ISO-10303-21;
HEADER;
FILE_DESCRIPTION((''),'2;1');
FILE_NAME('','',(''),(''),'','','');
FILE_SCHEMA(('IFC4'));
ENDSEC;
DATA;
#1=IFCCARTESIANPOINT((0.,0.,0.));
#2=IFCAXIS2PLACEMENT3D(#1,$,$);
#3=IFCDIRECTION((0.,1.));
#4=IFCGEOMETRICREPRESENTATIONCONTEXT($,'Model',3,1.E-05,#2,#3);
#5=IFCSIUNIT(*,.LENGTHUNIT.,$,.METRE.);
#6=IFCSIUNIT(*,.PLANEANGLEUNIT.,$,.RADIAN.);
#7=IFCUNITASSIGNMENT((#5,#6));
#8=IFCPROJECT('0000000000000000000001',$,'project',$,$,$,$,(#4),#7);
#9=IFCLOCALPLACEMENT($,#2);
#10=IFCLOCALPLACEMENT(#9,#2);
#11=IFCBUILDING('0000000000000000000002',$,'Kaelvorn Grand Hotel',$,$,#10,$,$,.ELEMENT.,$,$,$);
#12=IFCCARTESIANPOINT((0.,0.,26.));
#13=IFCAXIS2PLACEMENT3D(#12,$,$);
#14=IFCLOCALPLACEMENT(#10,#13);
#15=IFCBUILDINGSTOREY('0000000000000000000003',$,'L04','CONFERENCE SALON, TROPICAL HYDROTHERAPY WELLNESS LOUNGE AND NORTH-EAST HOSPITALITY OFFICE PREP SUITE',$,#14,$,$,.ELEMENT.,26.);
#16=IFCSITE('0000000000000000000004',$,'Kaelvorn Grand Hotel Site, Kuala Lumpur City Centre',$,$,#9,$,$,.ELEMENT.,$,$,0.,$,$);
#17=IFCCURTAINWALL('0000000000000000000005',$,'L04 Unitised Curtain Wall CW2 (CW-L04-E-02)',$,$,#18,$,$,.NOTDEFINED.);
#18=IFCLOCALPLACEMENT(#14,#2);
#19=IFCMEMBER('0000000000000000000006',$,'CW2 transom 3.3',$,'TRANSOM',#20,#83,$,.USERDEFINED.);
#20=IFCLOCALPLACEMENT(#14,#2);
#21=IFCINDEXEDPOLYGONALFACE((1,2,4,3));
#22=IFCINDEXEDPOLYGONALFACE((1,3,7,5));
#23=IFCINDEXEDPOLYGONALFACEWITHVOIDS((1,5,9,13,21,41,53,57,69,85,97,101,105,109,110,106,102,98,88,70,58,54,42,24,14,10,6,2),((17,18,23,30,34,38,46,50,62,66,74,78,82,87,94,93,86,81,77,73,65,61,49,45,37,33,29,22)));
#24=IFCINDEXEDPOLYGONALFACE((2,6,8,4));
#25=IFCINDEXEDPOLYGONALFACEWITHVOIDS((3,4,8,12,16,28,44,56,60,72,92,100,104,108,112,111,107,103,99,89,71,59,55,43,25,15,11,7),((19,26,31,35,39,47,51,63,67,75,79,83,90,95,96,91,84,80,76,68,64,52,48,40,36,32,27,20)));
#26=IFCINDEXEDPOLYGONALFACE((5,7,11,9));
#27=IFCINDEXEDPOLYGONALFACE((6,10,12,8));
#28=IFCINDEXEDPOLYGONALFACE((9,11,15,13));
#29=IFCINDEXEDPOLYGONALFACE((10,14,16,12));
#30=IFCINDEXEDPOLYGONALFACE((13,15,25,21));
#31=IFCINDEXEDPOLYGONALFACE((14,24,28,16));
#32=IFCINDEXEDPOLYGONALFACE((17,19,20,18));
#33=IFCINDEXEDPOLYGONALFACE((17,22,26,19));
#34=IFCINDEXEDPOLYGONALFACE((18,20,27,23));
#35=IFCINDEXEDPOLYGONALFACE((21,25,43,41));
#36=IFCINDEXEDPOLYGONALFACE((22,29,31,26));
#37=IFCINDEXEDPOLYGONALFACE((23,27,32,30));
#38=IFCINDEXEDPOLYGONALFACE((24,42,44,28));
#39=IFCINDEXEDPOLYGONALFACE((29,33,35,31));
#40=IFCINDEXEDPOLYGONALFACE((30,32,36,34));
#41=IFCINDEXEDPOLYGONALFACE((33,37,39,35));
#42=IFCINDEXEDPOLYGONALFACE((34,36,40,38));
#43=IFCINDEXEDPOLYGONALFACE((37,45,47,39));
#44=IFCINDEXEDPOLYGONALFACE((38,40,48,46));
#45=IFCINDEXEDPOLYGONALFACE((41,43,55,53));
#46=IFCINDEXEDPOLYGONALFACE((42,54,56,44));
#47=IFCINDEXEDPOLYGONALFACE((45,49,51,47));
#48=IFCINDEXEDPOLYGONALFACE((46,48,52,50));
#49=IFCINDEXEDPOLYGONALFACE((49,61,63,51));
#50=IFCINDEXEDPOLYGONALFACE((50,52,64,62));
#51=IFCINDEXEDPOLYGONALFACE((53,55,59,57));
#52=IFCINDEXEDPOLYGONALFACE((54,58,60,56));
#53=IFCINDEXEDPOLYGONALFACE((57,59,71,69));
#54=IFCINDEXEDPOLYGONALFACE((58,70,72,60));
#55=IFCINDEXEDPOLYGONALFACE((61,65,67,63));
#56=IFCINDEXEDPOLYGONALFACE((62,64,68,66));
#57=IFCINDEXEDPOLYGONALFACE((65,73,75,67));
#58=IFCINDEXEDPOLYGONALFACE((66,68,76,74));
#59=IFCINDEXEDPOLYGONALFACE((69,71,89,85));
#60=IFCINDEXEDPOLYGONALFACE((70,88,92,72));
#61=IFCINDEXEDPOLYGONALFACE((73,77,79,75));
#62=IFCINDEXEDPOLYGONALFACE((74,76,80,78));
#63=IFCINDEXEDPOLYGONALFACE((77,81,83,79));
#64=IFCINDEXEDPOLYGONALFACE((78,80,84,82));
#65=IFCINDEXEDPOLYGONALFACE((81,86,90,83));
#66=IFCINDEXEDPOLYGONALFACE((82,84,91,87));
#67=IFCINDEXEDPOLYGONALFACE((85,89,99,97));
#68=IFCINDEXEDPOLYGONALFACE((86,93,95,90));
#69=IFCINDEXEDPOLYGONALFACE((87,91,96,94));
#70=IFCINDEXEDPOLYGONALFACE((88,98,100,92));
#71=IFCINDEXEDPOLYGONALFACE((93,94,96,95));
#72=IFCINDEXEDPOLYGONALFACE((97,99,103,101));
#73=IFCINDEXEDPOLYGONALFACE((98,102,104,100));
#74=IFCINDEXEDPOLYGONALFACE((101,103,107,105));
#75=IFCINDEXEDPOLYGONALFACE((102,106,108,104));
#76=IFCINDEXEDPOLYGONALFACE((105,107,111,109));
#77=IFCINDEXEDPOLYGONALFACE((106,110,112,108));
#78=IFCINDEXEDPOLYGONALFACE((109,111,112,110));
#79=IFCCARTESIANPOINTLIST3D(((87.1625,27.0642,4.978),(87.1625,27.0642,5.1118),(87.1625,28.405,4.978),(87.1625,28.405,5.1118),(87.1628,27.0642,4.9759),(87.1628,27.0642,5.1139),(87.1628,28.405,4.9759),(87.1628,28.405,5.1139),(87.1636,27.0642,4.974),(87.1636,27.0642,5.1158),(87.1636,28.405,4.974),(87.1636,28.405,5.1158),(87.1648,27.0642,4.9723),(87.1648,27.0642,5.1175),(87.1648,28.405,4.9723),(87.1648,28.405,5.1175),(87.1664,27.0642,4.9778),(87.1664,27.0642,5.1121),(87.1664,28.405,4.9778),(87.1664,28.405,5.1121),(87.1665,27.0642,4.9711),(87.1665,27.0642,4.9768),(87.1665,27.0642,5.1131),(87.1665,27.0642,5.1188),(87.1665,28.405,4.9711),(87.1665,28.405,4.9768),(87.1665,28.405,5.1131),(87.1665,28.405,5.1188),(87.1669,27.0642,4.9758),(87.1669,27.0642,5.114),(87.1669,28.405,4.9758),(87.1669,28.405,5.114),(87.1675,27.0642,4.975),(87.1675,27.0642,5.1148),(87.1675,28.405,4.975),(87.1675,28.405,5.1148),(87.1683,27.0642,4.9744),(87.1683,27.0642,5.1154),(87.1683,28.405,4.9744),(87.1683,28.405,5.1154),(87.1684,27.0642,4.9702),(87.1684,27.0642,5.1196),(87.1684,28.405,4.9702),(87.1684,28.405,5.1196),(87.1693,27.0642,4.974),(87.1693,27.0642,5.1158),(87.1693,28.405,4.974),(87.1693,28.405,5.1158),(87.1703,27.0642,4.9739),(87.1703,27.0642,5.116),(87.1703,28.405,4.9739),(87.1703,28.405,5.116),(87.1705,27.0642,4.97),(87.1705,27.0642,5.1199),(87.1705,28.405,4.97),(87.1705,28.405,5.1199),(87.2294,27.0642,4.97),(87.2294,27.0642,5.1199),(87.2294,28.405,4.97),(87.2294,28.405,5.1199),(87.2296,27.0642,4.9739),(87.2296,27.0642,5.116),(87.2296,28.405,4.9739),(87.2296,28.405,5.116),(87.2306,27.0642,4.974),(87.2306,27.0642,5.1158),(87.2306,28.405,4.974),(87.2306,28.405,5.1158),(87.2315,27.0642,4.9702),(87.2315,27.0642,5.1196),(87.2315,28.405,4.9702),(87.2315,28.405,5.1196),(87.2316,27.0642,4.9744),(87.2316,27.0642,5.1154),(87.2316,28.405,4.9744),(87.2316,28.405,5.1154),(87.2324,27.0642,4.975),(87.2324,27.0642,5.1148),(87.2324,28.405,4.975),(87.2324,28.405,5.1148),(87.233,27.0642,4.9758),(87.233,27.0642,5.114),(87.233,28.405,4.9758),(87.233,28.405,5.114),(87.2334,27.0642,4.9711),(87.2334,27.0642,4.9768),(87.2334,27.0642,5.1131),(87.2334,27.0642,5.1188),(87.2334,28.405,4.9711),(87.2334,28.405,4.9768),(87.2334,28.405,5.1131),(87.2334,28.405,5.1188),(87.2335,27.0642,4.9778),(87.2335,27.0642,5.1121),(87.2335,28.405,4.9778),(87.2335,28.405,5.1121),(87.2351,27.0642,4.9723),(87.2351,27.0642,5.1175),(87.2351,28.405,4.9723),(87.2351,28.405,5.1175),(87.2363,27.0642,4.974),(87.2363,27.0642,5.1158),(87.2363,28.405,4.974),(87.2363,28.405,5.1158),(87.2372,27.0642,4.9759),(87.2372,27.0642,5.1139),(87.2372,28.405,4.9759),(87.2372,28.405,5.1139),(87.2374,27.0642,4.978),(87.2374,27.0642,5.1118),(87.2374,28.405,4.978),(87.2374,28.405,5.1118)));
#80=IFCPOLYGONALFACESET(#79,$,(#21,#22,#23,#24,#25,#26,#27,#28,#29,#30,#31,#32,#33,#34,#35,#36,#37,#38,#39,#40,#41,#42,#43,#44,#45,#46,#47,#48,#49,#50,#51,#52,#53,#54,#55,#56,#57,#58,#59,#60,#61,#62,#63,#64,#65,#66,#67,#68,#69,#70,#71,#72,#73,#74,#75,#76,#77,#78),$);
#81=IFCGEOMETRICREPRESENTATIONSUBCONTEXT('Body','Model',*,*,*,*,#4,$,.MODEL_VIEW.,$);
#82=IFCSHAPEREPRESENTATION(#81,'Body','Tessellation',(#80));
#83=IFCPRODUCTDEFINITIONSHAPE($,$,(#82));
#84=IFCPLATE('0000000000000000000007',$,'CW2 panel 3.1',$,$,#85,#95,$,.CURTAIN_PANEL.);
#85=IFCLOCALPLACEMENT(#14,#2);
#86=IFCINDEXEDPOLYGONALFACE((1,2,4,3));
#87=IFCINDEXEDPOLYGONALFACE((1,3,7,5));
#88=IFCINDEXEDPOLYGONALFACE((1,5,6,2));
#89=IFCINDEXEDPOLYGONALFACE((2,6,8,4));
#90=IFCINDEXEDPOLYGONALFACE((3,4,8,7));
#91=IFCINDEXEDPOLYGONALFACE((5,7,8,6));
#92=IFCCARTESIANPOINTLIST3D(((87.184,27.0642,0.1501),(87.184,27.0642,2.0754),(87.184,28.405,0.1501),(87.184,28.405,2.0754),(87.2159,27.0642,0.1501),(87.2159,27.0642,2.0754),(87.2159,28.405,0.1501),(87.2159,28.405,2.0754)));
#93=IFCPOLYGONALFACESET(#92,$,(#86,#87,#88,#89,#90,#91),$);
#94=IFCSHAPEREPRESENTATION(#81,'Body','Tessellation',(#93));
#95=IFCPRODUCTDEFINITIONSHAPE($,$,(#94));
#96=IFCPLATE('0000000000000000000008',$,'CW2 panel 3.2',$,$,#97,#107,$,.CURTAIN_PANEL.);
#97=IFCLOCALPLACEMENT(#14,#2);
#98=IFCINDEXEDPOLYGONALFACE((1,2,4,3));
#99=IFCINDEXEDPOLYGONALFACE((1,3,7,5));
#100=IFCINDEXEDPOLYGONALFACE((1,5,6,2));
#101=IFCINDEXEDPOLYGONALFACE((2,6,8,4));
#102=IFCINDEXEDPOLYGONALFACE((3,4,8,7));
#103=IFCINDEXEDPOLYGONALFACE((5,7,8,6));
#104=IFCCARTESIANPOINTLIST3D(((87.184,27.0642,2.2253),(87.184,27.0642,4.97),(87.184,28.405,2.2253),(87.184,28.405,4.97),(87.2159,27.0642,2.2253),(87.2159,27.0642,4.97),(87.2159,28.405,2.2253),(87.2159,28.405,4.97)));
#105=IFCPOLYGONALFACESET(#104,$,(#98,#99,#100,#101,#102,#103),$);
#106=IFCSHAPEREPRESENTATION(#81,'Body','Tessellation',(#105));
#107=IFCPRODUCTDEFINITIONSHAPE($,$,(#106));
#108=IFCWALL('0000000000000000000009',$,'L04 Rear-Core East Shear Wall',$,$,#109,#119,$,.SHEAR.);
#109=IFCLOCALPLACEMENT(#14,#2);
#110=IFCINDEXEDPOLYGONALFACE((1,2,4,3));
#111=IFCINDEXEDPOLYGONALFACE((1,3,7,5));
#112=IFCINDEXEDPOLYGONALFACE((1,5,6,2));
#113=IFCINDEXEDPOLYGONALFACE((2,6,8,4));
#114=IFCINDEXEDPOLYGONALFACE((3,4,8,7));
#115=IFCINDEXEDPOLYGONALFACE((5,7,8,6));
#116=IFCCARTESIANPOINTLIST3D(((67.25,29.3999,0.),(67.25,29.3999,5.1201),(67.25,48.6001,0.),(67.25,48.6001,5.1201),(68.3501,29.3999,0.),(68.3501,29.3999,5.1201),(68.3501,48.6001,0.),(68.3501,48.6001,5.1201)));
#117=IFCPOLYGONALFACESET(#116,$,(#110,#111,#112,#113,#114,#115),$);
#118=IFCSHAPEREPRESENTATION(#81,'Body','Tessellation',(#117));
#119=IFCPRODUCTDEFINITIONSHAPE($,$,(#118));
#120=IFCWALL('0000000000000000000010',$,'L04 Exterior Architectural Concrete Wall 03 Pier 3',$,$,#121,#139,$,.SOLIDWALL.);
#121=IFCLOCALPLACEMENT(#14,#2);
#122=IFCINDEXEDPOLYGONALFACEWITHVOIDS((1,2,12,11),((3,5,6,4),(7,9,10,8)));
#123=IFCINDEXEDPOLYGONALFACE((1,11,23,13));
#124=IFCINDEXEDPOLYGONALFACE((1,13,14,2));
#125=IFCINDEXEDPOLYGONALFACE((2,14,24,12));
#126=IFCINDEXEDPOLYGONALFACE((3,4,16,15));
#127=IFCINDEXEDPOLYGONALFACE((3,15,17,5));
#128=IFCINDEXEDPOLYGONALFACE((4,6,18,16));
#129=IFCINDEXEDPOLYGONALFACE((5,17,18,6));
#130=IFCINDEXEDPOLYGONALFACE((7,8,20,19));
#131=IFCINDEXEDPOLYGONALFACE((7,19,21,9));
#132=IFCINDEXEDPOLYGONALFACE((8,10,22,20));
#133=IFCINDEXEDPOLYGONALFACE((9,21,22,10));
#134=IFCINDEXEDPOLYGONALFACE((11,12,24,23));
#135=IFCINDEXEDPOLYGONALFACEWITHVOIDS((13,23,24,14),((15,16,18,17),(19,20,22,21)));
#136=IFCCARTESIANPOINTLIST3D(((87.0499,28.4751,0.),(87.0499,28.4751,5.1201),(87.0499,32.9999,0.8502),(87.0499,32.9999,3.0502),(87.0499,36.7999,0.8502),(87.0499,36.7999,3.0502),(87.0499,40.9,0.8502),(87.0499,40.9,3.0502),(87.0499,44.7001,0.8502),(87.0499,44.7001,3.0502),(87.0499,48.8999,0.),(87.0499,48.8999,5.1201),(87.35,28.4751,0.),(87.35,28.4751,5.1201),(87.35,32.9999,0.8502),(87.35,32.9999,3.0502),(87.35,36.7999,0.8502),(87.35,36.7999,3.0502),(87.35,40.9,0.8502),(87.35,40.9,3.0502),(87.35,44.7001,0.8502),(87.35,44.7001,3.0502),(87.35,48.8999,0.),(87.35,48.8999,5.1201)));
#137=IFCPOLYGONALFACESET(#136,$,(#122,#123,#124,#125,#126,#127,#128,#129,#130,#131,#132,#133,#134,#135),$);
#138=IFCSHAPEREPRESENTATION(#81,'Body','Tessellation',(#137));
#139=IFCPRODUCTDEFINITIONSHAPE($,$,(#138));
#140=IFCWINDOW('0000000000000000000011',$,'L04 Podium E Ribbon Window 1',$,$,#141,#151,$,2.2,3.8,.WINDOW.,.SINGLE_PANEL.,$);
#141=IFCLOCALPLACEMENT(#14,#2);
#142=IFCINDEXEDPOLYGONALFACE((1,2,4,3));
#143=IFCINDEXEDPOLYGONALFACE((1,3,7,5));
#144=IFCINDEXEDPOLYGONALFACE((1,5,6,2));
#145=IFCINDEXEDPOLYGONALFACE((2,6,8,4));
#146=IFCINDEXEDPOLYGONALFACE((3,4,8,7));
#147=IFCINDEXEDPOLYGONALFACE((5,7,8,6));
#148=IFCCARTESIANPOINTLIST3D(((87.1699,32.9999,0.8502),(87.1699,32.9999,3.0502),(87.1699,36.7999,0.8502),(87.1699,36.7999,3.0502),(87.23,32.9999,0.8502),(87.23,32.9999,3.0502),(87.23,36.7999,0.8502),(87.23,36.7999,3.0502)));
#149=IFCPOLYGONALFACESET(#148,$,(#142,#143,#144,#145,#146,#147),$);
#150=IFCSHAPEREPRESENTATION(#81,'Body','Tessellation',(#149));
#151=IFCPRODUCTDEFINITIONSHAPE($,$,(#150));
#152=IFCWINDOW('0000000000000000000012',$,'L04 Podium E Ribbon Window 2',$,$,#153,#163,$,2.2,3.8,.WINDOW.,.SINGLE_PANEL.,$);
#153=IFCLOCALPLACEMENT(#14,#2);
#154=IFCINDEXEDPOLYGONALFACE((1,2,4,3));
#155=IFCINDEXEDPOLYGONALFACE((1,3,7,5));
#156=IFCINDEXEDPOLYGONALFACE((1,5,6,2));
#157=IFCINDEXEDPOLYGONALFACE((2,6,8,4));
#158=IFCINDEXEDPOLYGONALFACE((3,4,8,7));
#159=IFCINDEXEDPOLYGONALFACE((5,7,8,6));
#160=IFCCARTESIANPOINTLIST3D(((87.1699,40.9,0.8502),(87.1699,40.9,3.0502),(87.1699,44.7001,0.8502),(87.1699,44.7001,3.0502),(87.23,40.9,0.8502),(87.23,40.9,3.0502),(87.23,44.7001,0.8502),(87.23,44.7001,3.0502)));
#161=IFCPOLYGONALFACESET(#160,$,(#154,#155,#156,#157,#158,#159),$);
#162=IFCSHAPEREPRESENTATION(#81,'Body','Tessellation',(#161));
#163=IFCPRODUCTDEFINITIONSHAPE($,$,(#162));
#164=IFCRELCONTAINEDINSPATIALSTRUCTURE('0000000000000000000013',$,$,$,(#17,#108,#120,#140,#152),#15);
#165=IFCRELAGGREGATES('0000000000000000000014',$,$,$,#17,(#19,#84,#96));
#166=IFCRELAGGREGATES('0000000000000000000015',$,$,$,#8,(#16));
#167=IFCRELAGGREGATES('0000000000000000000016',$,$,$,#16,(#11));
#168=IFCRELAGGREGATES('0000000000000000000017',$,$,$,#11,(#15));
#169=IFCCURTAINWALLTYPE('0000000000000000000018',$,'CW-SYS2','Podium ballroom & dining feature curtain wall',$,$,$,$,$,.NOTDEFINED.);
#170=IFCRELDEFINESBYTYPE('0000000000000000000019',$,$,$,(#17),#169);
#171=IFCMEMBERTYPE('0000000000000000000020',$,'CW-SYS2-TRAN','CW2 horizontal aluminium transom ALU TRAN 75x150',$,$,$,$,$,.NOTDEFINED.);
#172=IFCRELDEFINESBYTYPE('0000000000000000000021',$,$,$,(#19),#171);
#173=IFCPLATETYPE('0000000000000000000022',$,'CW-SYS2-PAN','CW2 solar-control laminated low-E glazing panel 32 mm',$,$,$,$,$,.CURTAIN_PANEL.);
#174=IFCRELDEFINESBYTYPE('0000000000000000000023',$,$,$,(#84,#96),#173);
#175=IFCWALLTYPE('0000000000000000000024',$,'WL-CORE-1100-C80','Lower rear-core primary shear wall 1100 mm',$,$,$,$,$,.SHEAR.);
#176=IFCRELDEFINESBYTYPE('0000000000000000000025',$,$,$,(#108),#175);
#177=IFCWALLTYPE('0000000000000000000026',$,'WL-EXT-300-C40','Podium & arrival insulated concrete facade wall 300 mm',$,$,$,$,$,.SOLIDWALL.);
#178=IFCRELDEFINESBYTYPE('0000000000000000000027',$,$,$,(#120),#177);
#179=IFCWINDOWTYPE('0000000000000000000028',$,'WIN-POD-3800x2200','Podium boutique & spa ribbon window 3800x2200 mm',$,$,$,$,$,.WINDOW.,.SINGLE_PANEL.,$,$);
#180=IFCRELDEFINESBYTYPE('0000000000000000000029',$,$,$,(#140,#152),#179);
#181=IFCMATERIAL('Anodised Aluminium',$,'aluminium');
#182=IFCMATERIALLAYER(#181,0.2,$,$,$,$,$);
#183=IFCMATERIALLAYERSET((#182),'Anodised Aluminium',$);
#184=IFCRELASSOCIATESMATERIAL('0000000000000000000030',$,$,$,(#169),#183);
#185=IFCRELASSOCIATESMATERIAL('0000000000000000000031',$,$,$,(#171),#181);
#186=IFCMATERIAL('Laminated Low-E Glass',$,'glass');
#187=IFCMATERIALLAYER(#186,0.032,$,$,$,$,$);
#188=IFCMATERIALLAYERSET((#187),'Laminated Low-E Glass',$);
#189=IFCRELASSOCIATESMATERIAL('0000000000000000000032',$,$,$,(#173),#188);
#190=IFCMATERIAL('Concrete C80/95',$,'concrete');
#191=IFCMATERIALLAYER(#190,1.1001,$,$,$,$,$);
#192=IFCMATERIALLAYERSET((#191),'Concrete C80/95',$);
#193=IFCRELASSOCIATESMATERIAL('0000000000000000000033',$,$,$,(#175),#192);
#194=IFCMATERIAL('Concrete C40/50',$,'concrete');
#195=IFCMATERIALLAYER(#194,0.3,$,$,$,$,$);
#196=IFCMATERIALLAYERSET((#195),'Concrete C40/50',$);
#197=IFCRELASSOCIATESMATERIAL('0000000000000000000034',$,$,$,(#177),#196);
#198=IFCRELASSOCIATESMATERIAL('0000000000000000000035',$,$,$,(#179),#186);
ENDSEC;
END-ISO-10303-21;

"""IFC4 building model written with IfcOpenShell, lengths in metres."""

from ifc_helpers import new_model, si_unit, direction, frame, frame_2d, origin, origin_2d, place, context, subcontext, project, spatial, rectangle, hollow_rectangle, extrude, material, layer, layer_set, material_profile, profile_set, type_object, element, fill, aggregate, save


model = new_model("IFC4")

# Units and contexts
model_context = context("Model", 3, precision=1e-05, world=origin(), true_north=direction((0.0, 1.0)))
body_context = subcontext(model_context, "Body", "Model", "MODEL_VIEW")
ifc_project = project(units=[si_unit("LENGTHUNIT", "METRE"), si_unit("PLANEANGLEUNIT", "RADIAN")], contexts=[model_context])

# Site, building, storey
site_placement = place(None, origin())
site = spatial("IfcSite", under=ifc_project, at=site_placement, Name="Kaelvorn Grand Hotel Site, Kuala Lumpur City Centre", CompositionType="ELEMENT", RefElevation=0.0)
building_placement = place(site_placement, origin())
building = spatial("IfcBuilding", under=site, at=building_placement, Name="Kaelvorn Grand Hotel", CompositionType="ELEMENT")
storey_placement = place(building_placement, frame((0.0, 0.0, 26.0)))
storey = spatial("IfcBuildingStorey", under=building, at=storey_placement, Name="L04", Description="CONFERENCE SALON, TROPICAL HYDROTHERAPY WELLNESS LOUNGE AND NORTH-EAST HOSPITALITY OFFICE PREP SUITE", CompositionType="ELEMENT", Elevation=26.0)

# Shared definitions
ifc_material_1 = material(Name="Concrete C80/95", Category="concrete")

# Curtain wall, member, plates
ifc_material_2 = material(Name="Anodised Aluminium", Category="aluminium")
ifc_layer_1 = layer(ifc_material_2, 0.2)
ifc_layer_set_1 = layer_set([ifc_layer_1], Name="Anodised Aluminium")
curtain_wall_type = type_object("IfcCurtainWallType", Name="CW-SYS2", Description="Podium ballroom & dining feature curtain wall", PredefinedType="NOTDEFINED", material=ifc_layer_set_1)
curtain_wall_placement = place(storey_placement, origin())
curtain_wall = element("IfcCurtainWall", 1, at=curtain_wall_placement, inside=storey, type_object=curtain_wall_type, Name="L04 Unitised Curtain Wall CW2 (CW-L04-E-02)", PredefinedType="NOTDEFINED")
ifc_material_profile_1 = material_profile(ifc_material_2, hollow_rectangle(XDim=0.075, YDim=0.1499, WallThickness=0.0039, InnerFilletRadius=0.0039, OuterFilletRadius=0.0081, at=origin_2d()), Name="ALU TRAN 75x150")
ifc_profile_set_1 = profile_set([ifc_material_profile_1], Name="Anodised Aluminium")
member_type_1 = type_object("IfcMemberType", Name="CW-SYS2-TRAN", Description="CW2 horizontal aluminium transom ALU TRAN 75x150", PredefinedType="NOTDEFINED", material=ifc_profile_set_1)
member_1_placement = place(storey_placement, frame((87.2, 27.0642, 5.0449), z_axis=(0.0, 1.0, 0.0), x_axis=(-1.0, 0.0, 0.0)))
member_1 = element("IfcMember", 2, at=member_1_placement, type_object=member_type_1, Name="CW2 transom 3.3", ObjectType="TRANSOM", PredefinedType="USERDEFINED", context=body_context, shape_type="SweptSolid", body=[
    extrude(hollow_rectangle(XDim=0.075, YDim=0.1499, WallThickness=0.0039, InnerFilletRadius=0.0039, OuterFilletRadius=0.0081, at=origin_2d()), origin(), (0.0, 0.0, 1.0), 1.3408),
])
ifc_material_3 = material(Name="Laminated Low-E Glass", Category="glass")
ifc_layer_2 = layer(ifc_material_3, 0.032)
ifc_layer_set_2 = layer_set([ifc_layer_2], Name="Laminated Low-E Glass")
plate_type = type_object("IfcPlateType", Name="CW-SYS2-PAN", Description="CW2 solar-control laminated low-E glazing panel 32 mm", PredefinedType="CURTAIN_PANEL", material=ifc_layer_set_2)
plate_1_placement = place(storey_placement, frame((87.2, 27.7346, 0.1501), z_axis=(0.0, 0.0, 1.0), x_axis=(0.0, 1.0, 0.0)))
plate_1 = element("IfcPlate", 3, at=plate_1_placement, type_object=plate_type, Name="CW2 panel 3.1", PredefinedType="CURTAIN_PANEL", context=body_context, shape_type="SweptSolid", body=[
    extrude(rectangle(XDim=1.3408, YDim=0.032, at=origin_2d()), origin(), (0.0, 0.0, 1.0), 1.9253),
])
plate_2_placement = place(storey_placement, frame((87.2, 27.7346, 2.2253), z_axis=(0.0, 0.0, 1.0), x_axis=(0.0, 1.0, 0.0)))
plate_2 = element("IfcPlate", 4, at=plate_2_placement, type_object=plate_type, Name="CW2 panel 3.2", PredefinedType="CURTAIN_PANEL", context=body_context, shape_type="SweptSolid", body=[
    extrude(rectangle(XDim=1.3408, YDim=0.032, at=origin_2d()), origin(), (0.0, 0.0, 1.0), 2.7446),
])
aggregate(curtain_wall, [member_1, plate_1, plate_2])

# Wall
ifc_layer_3 = layer(ifc_material_1, 1.1001)
ifc_layer_set_3 = layer_set([ifc_layer_3], Name="Concrete C80/95")
wall_type_1 = type_object("IfcWallType", Name="WL-CORE-1100-C80", Description="Lower rear-core primary shear wall 1100 mm", PredefinedType="SHEAR", material=ifc_layer_set_3)
wall_1_placement = place(storey_placement, frame((67.8, 29.3999, 0.0), z_axis=(0.0, 0.0, 1.0), x_axis=(0.0, 1.0, 0.0)))
element("IfcWall", 5, at=wall_1_placement, inside=storey, type_object=wall_type_1, Name="L04 Rear-Core East Shear Wall", PredefinedType="SHEAR", context=body_context, shape_type="SweptSolid", body=[
    extrude(rectangle(XDim=19.2002, YDim=1.1001, at=frame_2d((9.6001, 0.0))), origin(), (0.0, 0.0, 1.0), 5.1201),
])

# Wall, openings, windows
ifc_material_4 = material(Name="Concrete C40/50", Category="concrete")
ifc_layer_4 = layer(ifc_material_4, 0.3)
ifc_layer_set_4 = layer_set([ifc_layer_4], Name="Concrete C40/50")
wall_type_2 = type_object("IfcWallType", Name="WL-EXT-300-C40", Description="Podium & arrival insulated concrete facade wall 300 mm", PredefinedType="SOLIDWALL", material=ifc_layer_set_4)
wall_2_placement = place(storey_placement, frame((87.2, 28.4751, 0.0), z_axis=(0.0, 0.0, 1.0), x_axis=(0.0, 1.0, 0.0)))
wall_2 = element("IfcWall", 6, at=wall_2_placement, inside=storey, type_object=wall_type_2, Name="L04 Exterior Architectural Concrete Wall 03 Pier 3", PredefinedType="SOLIDWALL", context=body_context, shape_type="SweptSolid", body=[
    extrude(rectangle(XDim=20.4248, YDim=0.3, at=frame_2d((10.2124, 0.0))), origin(), (0.0, 0.0, 1.0), 5.1201),
])
opening_1_placement = place(wall_2_placement, frame((4.5249, 0.0, 0.8501)))
opening_1 = element("IfcOpeningElement", 7, at=opening_1_placement, cuts=wall_2, PredefinedType="OPENING", context=body_context, shape_type="SweptSolid", body=[
    extrude(rectangle(XDim=3.8, YDim=2.2, at=frame_2d((1.8999, 1.1001))), frame((0.0, 0.1602, 0.0), z_axis=(0.0, -1.0, 0.0), x_axis=(1.0, 0.0, 0.0)), (0.0, 0.0, 1.0), 0.3201),
])
opening_2_placement = place(wall_2_placement, frame((12.425, 0.0, 0.8501)))
opening_2 = element("IfcOpeningElement", 8, at=opening_2_placement, cuts=wall_2, PredefinedType="OPENING", context=body_context, shape_type="SweptSolid", body=[
    extrude(rectangle(XDim=3.8, YDim=2.2, at=frame_2d((1.8999, 1.1001))), frame((0.0, 0.1602, 0.0), z_axis=(0.0, -1.0, 0.0), x_axis=(1.0, 0.0, 0.0)), (0.0, 0.0, 1.0), 0.3201),
])
window_type = type_object("IfcWindowType", Name="WIN-POD-3800x2200", Description="Podium boutique & spa ribbon window 3800x2200 mm", PartitioningType="SINGLE_PANEL", PredefinedType="WINDOW", material=ifc_material_3)
window_1_placement = place(opening_1_placement, origin())
window_1 = element("IfcWindow", 9, at=window_1_placement, inside=storey, type_object=window_type, Name="L04 Podium E Ribbon Window 1", OverallHeight=2.2, OverallWidth=3.8, PartitioningType="SINGLE_PANEL", PredefinedType="WINDOW", context=body_context, shape_type="SweptSolid", body=[
    extrude(rectangle(XDim=3.8, YDim=2.2, at=frame_2d((1.8999, 1.1001))), frame((0.0, 0.03, 0.0), z_axis=(0.0, -1.0, 0.0), x_axis=(1.0, 0.0, 0.0)), (0.0, 0.0, 1.0), 0.0601),
])
fill(opening_1, window_1)
window_2_placement = place(opening_2_placement, origin())
window_2 = element("IfcWindow", 10, at=window_2_placement, inside=storey, type_object=window_type, Name="L04 Podium E Ribbon Window 2", OverallHeight=2.2, OverallWidth=3.8, PartitioningType="SINGLE_PANEL", PredefinedType="WINDOW", context=body_context, shape_type="SweptSolid", body=[
    extrude(rectangle(XDim=3.8, YDim=2.2, at=frame_2d((1.8999, 1.1001))), frame((0.0, 0.03, 0.0), z_axis=(0.0, -1.0, 0.0), x_axis=(1.0, 0.0, 0.0)), (0.0, 0.0, 1.0), 0.0601),
])
fill(opening_2, window_2)

save(model, "model.ifc")
